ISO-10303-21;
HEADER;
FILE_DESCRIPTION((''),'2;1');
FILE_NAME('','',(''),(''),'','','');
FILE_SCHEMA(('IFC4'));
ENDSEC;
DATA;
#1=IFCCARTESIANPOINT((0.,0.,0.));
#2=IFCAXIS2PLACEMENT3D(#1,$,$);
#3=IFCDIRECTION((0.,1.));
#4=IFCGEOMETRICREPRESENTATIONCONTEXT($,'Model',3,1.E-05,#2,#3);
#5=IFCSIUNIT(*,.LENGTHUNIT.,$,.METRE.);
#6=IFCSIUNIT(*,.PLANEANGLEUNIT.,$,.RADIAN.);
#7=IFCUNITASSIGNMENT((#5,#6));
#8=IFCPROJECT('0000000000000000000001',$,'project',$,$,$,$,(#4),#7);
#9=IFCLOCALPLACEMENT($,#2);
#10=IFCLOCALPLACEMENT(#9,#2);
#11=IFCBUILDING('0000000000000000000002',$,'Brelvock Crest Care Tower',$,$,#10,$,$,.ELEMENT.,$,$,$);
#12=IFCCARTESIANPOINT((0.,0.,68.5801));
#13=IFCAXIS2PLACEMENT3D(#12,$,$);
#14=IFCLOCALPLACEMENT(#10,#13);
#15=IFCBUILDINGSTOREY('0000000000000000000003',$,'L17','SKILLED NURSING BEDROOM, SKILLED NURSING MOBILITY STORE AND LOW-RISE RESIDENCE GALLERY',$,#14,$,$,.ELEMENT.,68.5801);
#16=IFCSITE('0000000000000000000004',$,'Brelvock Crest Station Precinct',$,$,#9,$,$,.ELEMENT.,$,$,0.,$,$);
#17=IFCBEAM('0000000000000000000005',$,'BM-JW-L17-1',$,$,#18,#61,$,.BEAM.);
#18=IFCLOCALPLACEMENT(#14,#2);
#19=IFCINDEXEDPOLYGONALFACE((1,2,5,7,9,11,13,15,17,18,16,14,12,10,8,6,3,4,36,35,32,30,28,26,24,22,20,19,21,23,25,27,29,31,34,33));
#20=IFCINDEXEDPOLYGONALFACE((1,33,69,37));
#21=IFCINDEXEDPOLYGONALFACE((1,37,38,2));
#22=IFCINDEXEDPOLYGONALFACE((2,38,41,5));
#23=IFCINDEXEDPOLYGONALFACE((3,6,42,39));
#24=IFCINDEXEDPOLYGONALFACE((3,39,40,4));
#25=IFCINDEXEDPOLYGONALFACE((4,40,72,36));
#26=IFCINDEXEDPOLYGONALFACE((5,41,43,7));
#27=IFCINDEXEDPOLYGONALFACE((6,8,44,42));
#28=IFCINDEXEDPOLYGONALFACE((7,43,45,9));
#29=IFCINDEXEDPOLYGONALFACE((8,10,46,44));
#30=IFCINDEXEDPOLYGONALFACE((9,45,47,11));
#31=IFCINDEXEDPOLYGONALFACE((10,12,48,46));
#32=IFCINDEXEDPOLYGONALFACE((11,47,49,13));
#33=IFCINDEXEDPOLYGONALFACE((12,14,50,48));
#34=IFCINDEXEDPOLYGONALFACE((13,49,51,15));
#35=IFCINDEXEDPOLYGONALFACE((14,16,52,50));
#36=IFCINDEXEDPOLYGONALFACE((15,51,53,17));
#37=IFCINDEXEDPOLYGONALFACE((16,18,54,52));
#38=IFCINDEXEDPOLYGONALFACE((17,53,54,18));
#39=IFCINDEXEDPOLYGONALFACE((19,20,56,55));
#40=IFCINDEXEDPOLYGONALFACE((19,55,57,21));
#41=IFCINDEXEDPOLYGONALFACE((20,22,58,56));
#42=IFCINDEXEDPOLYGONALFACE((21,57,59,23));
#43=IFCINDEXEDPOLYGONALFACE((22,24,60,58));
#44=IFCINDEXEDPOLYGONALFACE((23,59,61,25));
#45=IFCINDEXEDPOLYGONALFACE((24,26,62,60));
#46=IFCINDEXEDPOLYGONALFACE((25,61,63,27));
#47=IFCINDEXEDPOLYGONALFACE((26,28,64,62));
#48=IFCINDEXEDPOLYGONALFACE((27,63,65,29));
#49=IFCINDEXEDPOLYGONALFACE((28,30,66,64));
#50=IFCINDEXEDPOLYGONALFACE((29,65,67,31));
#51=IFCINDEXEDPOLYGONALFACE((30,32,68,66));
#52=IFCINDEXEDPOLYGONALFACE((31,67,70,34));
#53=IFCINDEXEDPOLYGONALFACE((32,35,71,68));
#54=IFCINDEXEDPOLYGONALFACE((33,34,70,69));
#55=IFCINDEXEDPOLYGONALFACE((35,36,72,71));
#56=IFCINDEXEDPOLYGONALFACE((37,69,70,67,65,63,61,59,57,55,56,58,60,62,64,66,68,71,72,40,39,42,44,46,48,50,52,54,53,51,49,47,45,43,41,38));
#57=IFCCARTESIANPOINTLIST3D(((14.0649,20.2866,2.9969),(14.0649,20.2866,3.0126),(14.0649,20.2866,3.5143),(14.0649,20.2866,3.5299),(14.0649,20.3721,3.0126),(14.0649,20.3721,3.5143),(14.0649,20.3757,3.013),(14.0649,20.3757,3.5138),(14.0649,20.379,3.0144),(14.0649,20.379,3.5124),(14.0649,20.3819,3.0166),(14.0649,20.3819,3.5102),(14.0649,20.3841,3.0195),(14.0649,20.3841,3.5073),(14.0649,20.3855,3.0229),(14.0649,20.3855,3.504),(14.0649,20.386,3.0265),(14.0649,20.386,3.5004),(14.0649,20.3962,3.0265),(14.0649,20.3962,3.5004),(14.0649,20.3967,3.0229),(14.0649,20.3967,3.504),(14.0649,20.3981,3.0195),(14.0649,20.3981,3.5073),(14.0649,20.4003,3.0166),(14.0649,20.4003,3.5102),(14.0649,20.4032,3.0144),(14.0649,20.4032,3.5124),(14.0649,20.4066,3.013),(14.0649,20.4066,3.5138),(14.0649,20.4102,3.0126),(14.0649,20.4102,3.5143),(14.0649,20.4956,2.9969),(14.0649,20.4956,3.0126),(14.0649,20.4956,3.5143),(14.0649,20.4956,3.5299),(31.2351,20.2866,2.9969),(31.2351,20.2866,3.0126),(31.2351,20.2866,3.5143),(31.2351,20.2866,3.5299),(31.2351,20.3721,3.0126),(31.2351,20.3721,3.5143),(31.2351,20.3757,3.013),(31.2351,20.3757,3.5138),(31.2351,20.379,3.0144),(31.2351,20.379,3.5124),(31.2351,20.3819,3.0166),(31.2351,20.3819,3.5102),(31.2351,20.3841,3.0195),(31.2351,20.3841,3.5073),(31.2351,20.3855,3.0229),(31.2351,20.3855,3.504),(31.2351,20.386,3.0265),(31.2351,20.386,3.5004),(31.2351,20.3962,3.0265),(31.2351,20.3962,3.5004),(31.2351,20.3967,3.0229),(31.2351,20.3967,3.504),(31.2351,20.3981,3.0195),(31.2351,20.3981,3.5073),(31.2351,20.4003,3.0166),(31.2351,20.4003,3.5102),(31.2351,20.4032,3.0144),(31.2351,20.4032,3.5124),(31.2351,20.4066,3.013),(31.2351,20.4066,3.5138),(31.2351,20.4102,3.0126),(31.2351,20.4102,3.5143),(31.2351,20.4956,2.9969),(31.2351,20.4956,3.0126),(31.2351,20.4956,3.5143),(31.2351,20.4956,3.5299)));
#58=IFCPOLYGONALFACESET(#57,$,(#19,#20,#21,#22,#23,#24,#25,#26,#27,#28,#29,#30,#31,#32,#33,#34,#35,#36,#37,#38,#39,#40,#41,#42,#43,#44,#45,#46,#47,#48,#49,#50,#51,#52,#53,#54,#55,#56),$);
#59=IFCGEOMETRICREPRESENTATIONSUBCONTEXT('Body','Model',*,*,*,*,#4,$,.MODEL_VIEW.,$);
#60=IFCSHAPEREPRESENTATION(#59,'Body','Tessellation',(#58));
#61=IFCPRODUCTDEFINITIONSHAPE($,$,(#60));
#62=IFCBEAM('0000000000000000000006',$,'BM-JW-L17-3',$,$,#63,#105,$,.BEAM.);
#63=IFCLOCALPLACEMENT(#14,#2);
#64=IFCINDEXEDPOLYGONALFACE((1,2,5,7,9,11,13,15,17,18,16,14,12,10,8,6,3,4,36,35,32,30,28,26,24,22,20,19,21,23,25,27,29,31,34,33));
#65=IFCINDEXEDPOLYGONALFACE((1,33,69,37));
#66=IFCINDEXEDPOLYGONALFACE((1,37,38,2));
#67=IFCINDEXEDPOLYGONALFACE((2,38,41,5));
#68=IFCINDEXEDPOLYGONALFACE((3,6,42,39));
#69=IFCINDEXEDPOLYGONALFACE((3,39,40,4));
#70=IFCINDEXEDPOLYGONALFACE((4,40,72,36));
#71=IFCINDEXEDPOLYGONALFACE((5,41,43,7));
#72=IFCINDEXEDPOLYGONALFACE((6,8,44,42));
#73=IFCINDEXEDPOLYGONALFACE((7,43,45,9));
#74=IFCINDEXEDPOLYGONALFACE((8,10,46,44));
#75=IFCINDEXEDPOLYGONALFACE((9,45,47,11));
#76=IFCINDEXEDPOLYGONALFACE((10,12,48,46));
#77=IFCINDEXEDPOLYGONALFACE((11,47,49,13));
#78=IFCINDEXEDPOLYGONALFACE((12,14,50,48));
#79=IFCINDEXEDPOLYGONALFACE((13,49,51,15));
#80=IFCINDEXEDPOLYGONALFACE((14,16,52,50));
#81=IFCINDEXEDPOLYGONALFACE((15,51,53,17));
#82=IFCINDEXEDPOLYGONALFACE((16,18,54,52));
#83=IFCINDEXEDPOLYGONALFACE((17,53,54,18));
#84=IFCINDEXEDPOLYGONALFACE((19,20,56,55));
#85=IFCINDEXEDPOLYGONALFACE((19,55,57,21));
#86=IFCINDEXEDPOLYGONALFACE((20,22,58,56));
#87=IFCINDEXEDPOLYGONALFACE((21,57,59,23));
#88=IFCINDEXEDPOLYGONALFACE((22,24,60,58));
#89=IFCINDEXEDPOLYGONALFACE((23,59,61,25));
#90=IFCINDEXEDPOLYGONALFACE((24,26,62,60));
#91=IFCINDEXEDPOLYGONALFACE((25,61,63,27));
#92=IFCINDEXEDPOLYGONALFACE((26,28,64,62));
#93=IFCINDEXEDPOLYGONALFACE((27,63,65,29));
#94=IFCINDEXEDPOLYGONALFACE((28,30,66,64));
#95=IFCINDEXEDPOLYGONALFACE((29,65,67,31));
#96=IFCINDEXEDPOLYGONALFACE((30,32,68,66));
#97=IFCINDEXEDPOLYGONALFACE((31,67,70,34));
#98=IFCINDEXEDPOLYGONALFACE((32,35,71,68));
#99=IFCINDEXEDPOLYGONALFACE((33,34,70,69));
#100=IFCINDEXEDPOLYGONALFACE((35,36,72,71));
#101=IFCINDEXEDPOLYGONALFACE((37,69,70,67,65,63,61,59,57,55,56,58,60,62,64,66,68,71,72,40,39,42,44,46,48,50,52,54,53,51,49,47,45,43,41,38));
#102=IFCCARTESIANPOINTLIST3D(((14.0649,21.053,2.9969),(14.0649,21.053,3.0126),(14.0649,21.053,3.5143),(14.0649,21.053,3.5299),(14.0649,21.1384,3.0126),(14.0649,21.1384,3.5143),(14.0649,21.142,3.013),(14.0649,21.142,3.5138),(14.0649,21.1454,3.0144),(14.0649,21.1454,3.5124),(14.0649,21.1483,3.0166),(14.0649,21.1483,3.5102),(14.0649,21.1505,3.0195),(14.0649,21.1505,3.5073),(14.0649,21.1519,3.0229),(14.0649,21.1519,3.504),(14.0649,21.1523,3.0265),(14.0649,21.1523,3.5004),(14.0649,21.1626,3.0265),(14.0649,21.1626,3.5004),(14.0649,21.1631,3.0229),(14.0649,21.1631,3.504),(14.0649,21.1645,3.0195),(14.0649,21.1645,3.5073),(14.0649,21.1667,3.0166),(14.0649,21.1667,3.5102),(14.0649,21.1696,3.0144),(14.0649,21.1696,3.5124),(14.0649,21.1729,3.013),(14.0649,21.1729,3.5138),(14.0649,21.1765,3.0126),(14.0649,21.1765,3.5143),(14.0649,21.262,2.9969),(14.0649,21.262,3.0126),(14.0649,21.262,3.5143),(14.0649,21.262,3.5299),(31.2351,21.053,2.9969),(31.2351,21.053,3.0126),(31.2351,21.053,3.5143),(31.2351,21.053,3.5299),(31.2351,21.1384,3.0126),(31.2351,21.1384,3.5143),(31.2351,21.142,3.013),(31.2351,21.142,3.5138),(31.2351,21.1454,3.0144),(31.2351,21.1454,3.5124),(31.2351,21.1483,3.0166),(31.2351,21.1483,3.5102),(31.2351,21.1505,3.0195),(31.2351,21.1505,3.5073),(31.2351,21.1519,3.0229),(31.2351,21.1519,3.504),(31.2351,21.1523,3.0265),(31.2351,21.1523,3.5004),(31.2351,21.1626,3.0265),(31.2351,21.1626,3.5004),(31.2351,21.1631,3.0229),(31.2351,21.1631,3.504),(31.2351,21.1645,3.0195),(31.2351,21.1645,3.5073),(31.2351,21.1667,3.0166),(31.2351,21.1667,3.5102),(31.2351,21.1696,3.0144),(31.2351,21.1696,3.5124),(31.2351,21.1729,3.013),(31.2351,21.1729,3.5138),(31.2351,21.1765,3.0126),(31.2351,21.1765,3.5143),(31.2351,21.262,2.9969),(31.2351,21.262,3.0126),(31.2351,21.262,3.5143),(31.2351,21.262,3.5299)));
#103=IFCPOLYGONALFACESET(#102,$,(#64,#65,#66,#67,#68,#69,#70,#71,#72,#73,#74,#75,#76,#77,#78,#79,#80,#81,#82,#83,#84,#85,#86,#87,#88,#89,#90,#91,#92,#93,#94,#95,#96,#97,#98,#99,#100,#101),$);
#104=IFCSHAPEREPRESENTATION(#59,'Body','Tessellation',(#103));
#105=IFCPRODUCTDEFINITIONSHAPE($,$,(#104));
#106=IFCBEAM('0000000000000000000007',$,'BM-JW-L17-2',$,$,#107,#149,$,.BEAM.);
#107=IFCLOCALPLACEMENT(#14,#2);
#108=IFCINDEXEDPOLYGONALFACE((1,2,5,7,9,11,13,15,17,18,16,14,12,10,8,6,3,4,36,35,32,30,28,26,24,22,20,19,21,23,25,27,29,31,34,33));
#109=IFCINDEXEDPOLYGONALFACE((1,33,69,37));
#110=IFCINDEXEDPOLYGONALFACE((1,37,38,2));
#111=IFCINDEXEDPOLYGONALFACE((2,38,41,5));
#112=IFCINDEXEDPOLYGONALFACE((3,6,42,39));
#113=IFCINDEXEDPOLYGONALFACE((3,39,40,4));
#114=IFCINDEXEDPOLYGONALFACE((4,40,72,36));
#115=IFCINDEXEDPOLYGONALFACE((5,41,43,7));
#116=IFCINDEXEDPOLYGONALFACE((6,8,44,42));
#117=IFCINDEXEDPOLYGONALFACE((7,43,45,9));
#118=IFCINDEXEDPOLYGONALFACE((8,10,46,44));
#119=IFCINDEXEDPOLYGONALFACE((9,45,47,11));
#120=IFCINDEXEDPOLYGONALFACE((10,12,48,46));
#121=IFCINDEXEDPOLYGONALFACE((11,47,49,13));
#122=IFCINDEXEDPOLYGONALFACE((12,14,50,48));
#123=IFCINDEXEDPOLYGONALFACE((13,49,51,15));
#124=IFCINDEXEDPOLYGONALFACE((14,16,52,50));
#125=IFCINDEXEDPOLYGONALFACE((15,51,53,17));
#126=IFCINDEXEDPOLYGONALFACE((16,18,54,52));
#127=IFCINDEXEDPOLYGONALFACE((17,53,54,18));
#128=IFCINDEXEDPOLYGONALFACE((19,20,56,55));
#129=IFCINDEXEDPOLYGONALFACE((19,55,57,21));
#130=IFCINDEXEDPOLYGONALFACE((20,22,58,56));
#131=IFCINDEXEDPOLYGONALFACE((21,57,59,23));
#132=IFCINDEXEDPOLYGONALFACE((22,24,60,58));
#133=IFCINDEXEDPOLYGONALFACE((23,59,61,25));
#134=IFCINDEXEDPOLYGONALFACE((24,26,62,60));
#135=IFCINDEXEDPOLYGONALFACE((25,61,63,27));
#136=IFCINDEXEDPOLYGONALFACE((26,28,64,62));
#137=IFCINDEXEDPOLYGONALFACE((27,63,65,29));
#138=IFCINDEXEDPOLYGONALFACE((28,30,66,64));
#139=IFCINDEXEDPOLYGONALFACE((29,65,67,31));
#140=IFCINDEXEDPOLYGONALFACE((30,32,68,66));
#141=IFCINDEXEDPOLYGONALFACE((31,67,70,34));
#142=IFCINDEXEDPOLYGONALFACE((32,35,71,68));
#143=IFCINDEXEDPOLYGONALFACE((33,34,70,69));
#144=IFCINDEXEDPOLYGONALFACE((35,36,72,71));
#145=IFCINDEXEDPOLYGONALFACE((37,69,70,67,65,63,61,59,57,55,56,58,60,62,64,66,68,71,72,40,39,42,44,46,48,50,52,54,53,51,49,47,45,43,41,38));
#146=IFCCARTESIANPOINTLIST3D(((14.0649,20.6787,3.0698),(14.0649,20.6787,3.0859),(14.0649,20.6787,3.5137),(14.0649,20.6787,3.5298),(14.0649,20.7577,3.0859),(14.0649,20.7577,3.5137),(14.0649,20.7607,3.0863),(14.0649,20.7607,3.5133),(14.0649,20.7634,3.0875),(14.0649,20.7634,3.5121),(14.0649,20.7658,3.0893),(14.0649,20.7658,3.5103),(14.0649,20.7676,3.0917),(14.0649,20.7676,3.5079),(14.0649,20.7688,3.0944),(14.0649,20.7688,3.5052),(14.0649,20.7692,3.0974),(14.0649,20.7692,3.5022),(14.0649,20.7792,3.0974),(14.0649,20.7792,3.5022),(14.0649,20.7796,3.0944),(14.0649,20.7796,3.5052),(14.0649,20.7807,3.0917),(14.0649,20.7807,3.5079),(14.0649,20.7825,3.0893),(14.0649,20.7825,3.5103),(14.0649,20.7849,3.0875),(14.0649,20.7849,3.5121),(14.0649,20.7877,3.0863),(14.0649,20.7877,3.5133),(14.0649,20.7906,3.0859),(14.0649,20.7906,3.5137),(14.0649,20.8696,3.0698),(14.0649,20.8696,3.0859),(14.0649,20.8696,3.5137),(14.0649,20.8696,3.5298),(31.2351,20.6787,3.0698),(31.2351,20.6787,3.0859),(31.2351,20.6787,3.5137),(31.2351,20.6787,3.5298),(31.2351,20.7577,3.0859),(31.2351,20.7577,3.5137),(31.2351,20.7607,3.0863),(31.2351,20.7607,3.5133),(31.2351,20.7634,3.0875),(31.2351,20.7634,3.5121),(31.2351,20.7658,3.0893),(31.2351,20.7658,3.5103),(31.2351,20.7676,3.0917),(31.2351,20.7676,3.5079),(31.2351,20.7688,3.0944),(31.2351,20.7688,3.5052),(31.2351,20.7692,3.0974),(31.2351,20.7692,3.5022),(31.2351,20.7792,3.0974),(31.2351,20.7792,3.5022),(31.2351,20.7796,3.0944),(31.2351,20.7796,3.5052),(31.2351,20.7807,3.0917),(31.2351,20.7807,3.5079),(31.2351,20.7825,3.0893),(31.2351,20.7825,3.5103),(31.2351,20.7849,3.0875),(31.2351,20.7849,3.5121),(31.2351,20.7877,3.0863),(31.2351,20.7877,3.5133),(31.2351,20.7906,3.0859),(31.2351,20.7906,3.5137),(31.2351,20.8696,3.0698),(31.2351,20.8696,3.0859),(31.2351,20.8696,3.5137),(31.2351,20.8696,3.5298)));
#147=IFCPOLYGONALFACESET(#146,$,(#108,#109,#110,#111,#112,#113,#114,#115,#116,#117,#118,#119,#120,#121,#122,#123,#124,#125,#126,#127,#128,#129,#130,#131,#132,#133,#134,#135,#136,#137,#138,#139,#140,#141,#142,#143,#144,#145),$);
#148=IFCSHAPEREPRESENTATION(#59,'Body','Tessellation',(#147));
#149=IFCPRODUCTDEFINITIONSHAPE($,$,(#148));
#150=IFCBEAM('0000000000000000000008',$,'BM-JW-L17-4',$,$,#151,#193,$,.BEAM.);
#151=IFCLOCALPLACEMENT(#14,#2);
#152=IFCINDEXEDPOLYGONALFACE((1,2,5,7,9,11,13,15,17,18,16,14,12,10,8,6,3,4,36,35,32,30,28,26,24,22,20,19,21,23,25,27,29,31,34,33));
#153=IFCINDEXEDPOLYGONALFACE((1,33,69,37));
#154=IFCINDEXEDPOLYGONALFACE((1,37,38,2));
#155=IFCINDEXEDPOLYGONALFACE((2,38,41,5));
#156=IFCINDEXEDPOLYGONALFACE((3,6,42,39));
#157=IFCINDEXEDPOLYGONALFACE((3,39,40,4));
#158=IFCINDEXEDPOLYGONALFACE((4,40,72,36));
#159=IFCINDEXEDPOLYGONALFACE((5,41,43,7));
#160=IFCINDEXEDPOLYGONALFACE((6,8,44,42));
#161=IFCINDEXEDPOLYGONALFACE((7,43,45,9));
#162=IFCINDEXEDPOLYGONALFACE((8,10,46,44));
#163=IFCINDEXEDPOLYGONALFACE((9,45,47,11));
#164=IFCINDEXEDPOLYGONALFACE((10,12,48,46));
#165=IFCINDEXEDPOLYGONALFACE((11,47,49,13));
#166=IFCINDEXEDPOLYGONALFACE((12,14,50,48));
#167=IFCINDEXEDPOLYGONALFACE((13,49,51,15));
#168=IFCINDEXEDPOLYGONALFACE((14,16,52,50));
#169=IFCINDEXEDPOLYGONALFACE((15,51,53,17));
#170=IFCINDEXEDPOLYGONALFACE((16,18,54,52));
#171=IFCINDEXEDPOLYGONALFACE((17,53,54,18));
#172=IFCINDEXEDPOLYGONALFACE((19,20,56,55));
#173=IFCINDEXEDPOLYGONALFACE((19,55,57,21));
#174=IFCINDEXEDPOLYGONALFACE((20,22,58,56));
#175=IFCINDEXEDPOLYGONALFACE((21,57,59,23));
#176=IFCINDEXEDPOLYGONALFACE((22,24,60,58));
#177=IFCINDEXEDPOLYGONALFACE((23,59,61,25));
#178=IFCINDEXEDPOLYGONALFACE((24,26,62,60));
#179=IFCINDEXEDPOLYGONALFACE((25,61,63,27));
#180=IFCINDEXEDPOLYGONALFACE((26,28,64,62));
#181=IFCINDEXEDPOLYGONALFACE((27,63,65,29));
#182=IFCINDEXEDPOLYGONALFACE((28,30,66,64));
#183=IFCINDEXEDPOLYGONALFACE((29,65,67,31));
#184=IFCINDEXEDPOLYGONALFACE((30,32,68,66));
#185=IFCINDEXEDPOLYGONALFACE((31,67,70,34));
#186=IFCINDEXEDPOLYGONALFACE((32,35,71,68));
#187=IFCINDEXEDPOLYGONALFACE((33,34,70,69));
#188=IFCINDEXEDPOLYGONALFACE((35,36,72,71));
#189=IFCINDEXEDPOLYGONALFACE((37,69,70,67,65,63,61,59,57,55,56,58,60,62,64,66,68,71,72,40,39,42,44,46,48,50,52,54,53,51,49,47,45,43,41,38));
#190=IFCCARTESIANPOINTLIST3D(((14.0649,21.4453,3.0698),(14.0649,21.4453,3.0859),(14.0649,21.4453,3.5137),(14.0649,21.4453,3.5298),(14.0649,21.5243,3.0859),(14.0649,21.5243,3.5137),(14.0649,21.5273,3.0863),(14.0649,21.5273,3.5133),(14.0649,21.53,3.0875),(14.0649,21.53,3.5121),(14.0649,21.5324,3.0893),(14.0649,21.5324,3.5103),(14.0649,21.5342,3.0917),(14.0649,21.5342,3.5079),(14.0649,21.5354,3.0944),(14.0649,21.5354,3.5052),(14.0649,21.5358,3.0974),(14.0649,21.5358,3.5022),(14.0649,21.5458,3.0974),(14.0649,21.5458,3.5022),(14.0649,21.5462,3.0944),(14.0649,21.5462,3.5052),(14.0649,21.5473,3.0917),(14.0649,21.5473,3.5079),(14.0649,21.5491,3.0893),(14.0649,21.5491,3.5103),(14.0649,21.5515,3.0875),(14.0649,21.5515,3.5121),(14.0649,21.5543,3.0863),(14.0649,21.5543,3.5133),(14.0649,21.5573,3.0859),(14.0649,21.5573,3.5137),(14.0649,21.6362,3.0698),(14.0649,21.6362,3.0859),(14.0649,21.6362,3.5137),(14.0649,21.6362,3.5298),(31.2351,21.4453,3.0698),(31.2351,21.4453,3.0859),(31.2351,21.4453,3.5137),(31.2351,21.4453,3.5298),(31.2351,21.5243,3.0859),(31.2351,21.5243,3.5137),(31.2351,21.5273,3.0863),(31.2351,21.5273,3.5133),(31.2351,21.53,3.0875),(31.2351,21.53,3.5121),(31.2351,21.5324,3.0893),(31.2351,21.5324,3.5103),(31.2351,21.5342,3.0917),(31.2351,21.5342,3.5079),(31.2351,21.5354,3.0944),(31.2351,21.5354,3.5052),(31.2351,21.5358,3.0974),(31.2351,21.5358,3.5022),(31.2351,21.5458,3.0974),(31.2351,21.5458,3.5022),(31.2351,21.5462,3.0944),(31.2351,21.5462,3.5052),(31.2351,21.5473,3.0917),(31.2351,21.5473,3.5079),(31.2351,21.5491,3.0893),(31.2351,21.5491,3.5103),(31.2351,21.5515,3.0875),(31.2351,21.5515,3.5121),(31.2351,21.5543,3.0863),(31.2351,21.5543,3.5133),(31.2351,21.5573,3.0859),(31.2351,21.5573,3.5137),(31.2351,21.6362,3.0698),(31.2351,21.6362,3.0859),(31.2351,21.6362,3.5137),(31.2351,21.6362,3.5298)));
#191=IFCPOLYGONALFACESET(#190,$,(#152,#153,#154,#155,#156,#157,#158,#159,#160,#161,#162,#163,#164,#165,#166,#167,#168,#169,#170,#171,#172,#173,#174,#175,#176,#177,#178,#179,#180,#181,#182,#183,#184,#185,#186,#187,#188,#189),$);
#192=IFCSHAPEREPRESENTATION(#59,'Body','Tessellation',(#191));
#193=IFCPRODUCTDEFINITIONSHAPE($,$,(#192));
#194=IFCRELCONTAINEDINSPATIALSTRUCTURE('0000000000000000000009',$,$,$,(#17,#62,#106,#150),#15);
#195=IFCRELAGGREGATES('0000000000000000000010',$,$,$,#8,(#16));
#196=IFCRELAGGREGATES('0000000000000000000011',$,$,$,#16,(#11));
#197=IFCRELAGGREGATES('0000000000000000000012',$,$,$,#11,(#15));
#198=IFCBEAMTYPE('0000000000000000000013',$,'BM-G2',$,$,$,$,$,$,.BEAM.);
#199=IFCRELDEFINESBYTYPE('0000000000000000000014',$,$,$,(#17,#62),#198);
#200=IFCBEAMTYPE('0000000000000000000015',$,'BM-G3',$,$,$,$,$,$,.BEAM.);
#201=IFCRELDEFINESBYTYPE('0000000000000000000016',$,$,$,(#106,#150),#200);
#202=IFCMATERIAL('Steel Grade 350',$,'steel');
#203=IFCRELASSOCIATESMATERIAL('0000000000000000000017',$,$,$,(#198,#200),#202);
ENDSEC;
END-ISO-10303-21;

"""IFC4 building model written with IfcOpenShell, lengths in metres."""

from ifc_helpers import new_model, si_unit, direction, frame, origin, origin_2d, place, context, subcontext, project, spatial, i_section, extrude, source, transform, mapped, material, material_profile, profile_set, type_object, element, save


model = new_model("IFC4")

# Units and contexts
model_context = context("Model", 3, precision=1e-05, world=origin(), true_north=direction((0.0, 1.0)))
body_context = subcontext(model_context, "Body", "Model", "MODEL_VIEW")
ifc_project = project(units=[si_unit("LENGTHUNIT", "METRE"), si_unit("PLANEANGLEUNIT", "RADIAN")], contexts=[model_context])

# Site, building, storey
site_placement = place(None, origin())
site = spatial("IfcSite", under=ifc_project, at=site_placement, Name="Brelvock Crest Station Precinct", CompositionType="ELEMENT", RefElevation=0.0)
building_placement = place(site_placement, origin())
building = spatial("IfcBuilding", under=site, at=building_placement, Name="Brelvock Crest Care Tower", CompositionType="ELEMENT")
storey_placement = place(building_placement, frame((0.0, 0.0, 68.5801)))
storey = spatial("IfcBuildingStorey", under=building, at=storey_placement, Name="L17", Description="SKILLED NURSING BEDROOM, SKILLED NURSING MOBILITY STORE AND LOW-RISE RESIDENCE GALLERY", CompositionType="ELEMENT", Elevation=68.5801)

# Shared definitions
ifc_material_1 = material(Name="Steel Grade 350", Category="steel")

# Beams
ifc_material_profile_1 = material_profile(ifc_material_1, i_section(OverallWidth=0.209, OverallDepth=0.533, WebThickness=0.0103, FlangeThickness=0.0156, FilletRadius=0.0139, at=origin_2d()), Name="530UB92.4")
ifc_profile_set_1 = profile_set([ifc_material_profile_1], Name="Steel Grade 350")
beam_type_1 = type_object("IfcBeamType", Name="BM-G2", PredefinedType="BEAM", material=ifc_profile_set_1)
shared_shape_1 = source(origin(), body_context, "Body", "SweptSolid", [
    extrude(i_section(OverallWidth=0.209, OverallDepth=0.533, WebThickness=0.0103, FlangeThickness=0.0156, FilletRadius=0.0139, at=origin_2d()), origin(), (0.0, 0.0, 1.0), 17.1702),
])
for number, where, z_axis, x_axis, name in (
    (1, (14.0649, 20.3911, 3.2634), (1.0, 0.0, 0.0), (0.0, 1.0, 0.0), "BM-JW-L17-1"),
    (2, (14.0649, 21.1575, 3.2634), (1.0, 0.0, 0.0), (0.0, 1.0, 0.0), "BM-JW-L17-3"),
):
    element("IfcBeam", number, at=place(storey_placement, frame(where, z_axis=z_axis, x_axis=x_axis)), inside=storey, type_object=beam_type_1, Name=name, PredefinedType="BEAM", context=body_context, shape_type="MappedRepresentation", body=[
        mapped(shared_shape_1, transform((0.0, 0.0, 0.0), x_axis=(1.0, 0.0, 0.0), y_axis=(0.0, 1.0, 0.0), z_axis=(0.0, 0.0, 1.0), scale=1.0)),
    ])
ifc_material_profile_2 = material_profile(ifc_material_1, i_section(OverallWidth=0.1909, OverallDepth=0.46, WebThickness=0.01, FlangeThickness=0.0161, FilletRadius=0.0115, at=origin_2d()), Name="460UB82.1")
ifc_profile_set_2 = profile_set([ifc_material_profile_2], Name="Steel Grade 350")
beam_type_2 = type_object("IfcBeamType", Name="BM-G3", PredefinedType="BEAM", material=ifc_profile_set_2)
shared_shape_2 = source(origin(), body_context, "Body", "SweptSolid", [
    extrude(i_section(OverallWidth=0.1909, OverallDepth=0.46, WebThickness=0.01, FlangeThickness=0.0161, FilletRadius=0.0115, at=origin_2d()), origin(), (0.0, 0.0, 1.0), 17.1702),
])
for number, where, z_axis, x_axis, name in (
    (3, (14.0649, 20.7742, 3.2998), (1.0, 0.0, 0.0), (0.0, 1.0, 0.0), "BM-JW-L17-2"),
    (4, (14.0649, 21.5408, 3.2998), (1.0, 0.0, 0.0), (0.0, 1.0, 0.0), "BM-JW-L17-4"),
):
    element("IfcBeam", number, at=place(storey_placement, frame(where, z_axis=z_axis, x_axis=x_axis)), inside=storey, type_object=beam_type_2, Name=name, PredefinedType="BEAM", context=body_context, shape_type="MappedRepresentation", body=[
        mapped(shared_shape_2, transform((0.0, 0.0, 0.0), x_axis=(1.0, 0.0, 0.0), y_axis=(0.0, 1.0, 0.0), z_axis=(0.0, 0.0, 1.0), scale=1.0)),
    ])

save(model, "model.ifc")
